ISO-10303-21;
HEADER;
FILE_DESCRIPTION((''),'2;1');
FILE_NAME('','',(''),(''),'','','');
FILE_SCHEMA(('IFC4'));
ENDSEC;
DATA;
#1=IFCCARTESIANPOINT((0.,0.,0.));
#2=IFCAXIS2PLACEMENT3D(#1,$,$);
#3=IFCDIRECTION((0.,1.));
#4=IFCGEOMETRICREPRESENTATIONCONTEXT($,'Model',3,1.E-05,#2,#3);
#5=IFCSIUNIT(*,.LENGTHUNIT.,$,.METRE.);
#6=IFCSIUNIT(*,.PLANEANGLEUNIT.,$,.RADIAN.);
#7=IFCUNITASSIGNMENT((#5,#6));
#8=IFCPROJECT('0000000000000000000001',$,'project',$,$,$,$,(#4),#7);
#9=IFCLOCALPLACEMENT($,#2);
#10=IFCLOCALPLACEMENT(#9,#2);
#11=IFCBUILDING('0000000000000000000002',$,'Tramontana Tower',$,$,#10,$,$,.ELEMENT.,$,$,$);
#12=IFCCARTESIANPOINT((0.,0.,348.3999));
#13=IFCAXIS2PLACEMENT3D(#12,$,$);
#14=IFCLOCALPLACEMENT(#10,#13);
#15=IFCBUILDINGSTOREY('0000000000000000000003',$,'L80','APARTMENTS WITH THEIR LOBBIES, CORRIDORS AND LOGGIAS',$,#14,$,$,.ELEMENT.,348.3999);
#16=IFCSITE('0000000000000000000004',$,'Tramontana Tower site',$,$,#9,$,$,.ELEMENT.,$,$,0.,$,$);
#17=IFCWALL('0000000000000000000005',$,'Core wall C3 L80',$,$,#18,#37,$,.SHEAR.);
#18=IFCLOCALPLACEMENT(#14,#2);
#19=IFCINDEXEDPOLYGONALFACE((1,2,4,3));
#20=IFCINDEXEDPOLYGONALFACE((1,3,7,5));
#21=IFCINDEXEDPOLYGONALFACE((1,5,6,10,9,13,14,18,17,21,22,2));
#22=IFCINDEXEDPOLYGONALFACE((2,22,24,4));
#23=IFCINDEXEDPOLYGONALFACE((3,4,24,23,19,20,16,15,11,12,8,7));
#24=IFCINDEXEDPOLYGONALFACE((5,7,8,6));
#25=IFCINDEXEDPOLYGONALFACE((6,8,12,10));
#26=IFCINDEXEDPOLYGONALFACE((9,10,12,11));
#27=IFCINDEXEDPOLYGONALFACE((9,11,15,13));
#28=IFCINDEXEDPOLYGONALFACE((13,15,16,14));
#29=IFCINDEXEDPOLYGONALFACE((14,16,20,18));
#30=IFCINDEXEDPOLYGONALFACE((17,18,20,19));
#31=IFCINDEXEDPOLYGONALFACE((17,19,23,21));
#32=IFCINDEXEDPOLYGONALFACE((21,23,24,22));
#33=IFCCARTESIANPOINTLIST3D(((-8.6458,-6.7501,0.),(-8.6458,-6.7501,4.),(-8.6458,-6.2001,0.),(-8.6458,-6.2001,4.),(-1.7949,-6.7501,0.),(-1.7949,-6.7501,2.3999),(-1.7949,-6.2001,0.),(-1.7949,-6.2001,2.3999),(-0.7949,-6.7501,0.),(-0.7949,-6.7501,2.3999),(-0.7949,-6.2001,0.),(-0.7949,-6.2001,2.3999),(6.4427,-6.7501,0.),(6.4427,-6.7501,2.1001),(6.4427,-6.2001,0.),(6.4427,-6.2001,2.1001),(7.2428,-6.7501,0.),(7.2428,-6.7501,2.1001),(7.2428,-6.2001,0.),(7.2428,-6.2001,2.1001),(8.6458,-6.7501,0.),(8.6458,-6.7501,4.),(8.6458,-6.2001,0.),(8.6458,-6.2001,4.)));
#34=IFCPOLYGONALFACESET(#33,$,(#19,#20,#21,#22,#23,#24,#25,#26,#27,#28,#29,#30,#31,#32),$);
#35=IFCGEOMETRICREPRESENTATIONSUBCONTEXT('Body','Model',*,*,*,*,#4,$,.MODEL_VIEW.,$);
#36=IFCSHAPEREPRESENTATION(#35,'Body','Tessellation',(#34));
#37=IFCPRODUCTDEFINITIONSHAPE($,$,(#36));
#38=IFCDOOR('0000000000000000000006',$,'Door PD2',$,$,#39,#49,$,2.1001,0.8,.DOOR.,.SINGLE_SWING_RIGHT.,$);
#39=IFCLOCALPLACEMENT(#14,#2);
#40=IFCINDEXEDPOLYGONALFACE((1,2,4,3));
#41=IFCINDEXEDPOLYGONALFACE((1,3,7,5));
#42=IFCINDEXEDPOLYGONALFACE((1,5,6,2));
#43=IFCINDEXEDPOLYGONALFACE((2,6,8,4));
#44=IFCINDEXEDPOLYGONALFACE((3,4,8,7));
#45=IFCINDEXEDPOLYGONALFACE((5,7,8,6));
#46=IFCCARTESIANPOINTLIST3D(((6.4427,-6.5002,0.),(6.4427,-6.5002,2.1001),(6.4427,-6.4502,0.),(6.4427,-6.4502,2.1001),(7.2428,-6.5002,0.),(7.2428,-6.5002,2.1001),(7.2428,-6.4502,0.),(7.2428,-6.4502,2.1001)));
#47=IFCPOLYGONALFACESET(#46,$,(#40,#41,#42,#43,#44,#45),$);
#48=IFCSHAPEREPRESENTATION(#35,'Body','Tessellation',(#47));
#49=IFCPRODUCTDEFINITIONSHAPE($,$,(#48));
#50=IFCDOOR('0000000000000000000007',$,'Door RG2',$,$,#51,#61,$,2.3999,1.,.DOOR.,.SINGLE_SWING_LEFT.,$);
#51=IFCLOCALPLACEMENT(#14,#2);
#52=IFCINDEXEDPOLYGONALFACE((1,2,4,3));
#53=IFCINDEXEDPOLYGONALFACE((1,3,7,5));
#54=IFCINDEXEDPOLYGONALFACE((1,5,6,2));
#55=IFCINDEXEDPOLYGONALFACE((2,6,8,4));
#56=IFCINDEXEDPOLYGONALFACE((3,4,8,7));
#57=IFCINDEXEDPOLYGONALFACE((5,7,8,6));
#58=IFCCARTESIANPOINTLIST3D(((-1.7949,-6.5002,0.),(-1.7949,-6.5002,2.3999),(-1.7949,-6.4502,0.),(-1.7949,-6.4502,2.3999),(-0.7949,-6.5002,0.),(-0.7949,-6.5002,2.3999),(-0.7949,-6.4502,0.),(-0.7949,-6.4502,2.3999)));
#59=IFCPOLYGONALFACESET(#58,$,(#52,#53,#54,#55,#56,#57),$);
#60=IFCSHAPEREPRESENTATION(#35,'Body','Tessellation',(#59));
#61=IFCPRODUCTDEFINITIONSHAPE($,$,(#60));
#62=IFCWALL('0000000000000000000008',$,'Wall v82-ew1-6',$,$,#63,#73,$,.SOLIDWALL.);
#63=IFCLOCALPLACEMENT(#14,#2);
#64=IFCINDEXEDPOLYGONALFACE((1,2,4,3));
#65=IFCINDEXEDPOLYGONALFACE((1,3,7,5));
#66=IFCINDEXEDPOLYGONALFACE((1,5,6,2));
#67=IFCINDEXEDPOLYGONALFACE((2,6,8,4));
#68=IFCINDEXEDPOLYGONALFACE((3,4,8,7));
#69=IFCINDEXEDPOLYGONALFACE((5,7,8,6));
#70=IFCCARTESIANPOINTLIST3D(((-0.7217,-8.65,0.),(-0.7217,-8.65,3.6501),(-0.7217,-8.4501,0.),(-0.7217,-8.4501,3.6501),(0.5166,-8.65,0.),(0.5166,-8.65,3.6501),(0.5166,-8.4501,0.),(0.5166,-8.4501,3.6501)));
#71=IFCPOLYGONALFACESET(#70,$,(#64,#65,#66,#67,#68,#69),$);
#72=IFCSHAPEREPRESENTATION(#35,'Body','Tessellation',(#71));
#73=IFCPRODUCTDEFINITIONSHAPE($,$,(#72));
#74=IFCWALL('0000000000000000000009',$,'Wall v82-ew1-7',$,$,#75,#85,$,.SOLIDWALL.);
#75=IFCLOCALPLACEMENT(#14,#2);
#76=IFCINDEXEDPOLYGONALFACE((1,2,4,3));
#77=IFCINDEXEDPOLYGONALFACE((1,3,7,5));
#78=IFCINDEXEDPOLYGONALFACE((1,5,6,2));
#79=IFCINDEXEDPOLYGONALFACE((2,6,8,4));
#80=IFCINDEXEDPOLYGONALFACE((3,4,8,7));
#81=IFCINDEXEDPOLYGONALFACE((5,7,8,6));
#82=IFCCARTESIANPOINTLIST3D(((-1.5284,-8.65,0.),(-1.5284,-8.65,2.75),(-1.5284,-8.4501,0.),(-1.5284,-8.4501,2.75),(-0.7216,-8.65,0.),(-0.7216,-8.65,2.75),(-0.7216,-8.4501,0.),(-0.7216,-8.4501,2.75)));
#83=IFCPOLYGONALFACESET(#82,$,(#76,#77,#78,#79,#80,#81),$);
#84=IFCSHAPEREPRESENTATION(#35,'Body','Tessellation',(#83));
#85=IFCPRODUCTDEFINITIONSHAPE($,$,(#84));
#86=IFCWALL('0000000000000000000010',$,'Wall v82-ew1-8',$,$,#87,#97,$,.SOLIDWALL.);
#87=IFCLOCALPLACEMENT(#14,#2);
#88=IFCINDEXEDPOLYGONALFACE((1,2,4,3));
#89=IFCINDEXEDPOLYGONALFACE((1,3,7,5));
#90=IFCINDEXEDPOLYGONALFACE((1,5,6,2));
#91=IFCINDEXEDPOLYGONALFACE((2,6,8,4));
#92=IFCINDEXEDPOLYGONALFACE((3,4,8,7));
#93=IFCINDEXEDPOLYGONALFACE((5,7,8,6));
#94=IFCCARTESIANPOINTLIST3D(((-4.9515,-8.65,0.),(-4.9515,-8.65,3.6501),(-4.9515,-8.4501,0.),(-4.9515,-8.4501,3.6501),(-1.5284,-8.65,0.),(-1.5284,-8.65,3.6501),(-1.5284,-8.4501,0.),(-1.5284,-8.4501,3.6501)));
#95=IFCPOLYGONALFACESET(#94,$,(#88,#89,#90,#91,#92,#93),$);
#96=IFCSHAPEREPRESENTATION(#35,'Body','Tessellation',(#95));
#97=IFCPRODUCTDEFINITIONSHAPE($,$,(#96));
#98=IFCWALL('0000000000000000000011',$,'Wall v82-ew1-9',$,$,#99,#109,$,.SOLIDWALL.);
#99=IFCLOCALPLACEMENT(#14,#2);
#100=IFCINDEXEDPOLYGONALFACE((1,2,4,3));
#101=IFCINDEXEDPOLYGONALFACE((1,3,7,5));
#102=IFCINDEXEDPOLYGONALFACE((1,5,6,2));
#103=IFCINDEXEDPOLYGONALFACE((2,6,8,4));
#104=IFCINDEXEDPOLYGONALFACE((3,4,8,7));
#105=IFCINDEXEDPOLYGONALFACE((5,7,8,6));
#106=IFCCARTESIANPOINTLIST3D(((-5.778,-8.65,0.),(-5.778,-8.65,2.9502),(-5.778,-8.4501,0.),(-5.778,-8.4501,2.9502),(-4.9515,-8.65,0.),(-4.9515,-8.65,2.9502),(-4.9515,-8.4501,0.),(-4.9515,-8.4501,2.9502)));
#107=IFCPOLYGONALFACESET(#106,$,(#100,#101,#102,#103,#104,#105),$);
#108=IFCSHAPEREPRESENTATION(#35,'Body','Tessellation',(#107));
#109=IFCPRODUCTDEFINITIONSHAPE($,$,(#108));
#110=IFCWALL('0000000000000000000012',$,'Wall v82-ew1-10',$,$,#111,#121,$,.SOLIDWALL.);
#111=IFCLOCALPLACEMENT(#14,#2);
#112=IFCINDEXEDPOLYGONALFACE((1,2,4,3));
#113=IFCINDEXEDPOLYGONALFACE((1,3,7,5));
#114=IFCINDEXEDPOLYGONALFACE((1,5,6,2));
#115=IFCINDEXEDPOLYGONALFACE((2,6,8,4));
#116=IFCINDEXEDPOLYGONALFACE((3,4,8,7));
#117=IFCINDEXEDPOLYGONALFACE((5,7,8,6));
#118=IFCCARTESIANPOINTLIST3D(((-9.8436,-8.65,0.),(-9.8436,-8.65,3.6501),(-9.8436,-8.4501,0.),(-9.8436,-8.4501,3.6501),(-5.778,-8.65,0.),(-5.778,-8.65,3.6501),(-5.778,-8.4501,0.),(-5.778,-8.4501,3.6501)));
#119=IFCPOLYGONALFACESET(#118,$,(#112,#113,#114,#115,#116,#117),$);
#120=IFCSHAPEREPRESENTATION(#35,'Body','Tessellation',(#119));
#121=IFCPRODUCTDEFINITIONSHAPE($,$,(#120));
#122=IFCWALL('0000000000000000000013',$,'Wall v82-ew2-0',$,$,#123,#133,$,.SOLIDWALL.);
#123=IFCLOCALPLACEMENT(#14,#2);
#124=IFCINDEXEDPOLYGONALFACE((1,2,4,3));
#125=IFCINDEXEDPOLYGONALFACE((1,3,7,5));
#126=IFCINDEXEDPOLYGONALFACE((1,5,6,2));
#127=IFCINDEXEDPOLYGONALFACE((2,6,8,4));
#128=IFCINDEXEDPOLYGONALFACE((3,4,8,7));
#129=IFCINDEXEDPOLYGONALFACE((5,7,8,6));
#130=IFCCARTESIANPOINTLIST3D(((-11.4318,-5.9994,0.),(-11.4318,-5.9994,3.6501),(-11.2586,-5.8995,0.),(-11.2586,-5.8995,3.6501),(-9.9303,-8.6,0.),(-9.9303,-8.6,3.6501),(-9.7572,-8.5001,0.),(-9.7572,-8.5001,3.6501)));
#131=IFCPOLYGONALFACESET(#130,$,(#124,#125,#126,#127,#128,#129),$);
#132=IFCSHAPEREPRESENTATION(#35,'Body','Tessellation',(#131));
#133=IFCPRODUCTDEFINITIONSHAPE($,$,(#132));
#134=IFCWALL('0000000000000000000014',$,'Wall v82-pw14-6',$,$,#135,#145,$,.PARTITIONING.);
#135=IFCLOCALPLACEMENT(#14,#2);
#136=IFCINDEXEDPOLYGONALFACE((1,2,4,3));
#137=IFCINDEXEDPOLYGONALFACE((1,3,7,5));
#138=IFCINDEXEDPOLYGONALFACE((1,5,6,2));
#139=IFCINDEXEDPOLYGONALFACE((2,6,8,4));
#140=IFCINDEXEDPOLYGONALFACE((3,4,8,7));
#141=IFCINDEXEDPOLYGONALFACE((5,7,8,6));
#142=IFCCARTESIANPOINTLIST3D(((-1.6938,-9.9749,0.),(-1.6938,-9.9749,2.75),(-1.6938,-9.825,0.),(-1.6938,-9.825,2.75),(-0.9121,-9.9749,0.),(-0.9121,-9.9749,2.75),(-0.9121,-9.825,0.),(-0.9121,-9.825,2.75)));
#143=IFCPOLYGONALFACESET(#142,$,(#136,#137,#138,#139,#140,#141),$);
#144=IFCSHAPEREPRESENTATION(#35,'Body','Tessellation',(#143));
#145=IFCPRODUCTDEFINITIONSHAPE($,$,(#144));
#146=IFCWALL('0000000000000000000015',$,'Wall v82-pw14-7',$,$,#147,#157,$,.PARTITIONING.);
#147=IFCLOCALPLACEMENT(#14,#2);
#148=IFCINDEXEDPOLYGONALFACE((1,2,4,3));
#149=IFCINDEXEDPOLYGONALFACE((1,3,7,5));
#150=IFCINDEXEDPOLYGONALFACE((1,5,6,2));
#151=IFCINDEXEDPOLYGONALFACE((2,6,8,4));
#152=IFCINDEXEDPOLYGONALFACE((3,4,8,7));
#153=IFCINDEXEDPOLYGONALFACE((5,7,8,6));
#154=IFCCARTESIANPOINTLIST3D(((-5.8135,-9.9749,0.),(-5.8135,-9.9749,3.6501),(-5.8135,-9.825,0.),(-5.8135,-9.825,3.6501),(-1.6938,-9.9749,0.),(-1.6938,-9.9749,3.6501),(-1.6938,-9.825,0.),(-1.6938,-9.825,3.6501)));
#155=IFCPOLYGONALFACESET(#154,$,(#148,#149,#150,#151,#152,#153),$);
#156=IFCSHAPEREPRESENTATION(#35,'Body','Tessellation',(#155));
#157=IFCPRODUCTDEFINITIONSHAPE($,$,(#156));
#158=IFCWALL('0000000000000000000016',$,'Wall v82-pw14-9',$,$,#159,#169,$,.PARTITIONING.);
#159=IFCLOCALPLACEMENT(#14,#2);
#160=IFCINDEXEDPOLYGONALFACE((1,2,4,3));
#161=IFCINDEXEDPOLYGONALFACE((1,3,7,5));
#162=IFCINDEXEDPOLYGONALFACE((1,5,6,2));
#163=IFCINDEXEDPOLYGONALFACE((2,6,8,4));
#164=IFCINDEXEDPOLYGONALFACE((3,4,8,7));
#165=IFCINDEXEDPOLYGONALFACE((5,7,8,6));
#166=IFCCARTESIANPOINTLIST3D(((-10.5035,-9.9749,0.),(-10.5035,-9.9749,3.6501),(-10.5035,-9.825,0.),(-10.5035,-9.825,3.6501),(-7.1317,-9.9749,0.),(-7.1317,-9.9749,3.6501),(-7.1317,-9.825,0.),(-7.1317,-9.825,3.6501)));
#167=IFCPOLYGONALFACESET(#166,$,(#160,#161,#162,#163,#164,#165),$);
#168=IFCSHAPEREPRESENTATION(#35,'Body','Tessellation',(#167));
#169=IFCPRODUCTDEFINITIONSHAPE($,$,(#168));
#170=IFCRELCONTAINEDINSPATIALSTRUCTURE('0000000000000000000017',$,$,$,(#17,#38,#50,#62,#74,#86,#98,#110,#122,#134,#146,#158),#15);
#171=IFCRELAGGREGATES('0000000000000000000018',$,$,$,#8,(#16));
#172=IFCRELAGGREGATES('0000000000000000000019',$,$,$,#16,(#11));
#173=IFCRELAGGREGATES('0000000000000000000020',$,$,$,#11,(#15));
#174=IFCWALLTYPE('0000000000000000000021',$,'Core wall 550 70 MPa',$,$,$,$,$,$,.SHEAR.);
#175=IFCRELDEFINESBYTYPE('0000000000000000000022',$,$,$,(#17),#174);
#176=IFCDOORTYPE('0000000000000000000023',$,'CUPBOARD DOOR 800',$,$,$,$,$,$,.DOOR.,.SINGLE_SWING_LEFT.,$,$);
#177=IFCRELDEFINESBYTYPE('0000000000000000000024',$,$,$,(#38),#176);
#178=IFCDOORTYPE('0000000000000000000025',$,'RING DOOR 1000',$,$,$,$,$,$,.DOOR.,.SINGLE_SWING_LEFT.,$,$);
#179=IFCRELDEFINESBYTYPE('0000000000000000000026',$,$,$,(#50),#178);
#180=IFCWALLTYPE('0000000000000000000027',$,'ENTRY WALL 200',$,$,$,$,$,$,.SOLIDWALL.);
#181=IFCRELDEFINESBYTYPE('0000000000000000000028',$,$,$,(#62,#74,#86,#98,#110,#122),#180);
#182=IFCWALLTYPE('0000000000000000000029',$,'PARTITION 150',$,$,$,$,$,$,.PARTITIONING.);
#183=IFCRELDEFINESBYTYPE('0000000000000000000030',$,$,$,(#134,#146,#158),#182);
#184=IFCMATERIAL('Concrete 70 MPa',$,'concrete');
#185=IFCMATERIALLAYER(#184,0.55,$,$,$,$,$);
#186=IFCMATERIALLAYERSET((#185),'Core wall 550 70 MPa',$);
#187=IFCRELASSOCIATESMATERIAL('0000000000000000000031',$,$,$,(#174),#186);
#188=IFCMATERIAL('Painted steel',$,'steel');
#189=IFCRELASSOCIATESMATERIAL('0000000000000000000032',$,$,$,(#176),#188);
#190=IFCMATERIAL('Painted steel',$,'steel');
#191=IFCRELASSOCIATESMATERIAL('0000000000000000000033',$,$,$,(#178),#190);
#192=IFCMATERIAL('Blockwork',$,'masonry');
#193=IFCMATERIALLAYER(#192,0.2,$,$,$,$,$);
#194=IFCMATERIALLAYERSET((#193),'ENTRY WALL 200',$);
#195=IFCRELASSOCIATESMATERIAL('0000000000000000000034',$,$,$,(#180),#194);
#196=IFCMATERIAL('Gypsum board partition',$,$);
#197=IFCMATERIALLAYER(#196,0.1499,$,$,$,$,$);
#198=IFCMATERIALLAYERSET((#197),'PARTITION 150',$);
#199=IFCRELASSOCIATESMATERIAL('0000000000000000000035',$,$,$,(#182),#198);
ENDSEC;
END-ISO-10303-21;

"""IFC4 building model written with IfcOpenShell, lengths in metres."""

from ifc_helpers import new_model, si_unit, direction, frame, frame_2d, origin, place, context, subcontext, project, spatial, rectangle, extrude, material, layer, layer_set, type_object, element, fill, save


model = new_model("IFC4")

# Units and contexts
model_context = context("Model", 3, precision=1e-05, world=origin(), true_north=direction((0.0, 1.0)))
body_context = subcontext(model_context, "Body", "Model", "MODEL_VIEW")
ifc_project = project(units=[si_unit("LENGTHUNIT", "METRE"), si_unit("PLANEANGLEUNIT", "RADIAN")], contexts=[model_context])

# Site, building, storey
site_placement = place(None, origin())
site = spatial("IfcSite", under=ifc_project, at=site_placement, Name="Tramontana Tower site", CompositionType="ELEMENT", RefElevation=0.0)
building_placement = place(site_placement, origin())
building = spatial("IfcBuilding", under=site, at=building_placement, Name="Tramontana Tower", CompositionType="ELEMENT")
storey_placement = place(building_placement, frame((0.0, 0.0, 348.3999)))
storey = spatial("IfcBuildingStorey", under=building, at=storey_placement, Name="L80", Description="APARTMENTS WITH THEIR LOBBIES, CORRIDORS AND LOGGIAS", CompositionType="ELEMENT", Elevation=348.3999)

# Wall, openings, doors
ifc_material_1 = material(Name="Concrete 70 MPa", Category="concrete")
ifc_layer_1 = layer(ifc_material_1, 0.55)
ifc_layer_set_1 = layer_set([ifc_layer_1], Name="Core wall 550 70 MPa")
wall_type_1 = type_object("IfcWallType", Name="Core wall 550 70 MPa", PredefinedType="SHEAR", material=ifc_layer_set_1)
wall_1_placement = place(storey_placement, frame((-8.6458, -6.4751, 0.0), z_axis=(0.0, 0.0, 1.0), x_axis=(1.0, 0.0, 0.0)))
wall_1 = element("IfcWall", 1, at=wall_1_placement, inside=storey, type_object=wall_type_1, Name="Core wall C3 L80", PredefinedType="SHEAR", context=body_context, shape_type="SweptSolid", body=[
    extrude(rectangle(XDim=17.2915, YDim=0.55, at=frame_2d((8.6458, 0.0))), origin(), (0.0, 0.0, 1.0), 4.0),
])
opening_1_placement = place(wall_1_placement, frame((6.8508, 0.0, 0.0)))
opening_1 = element("IfcOpeningElement", 2, at=opening_1_placement, cuts=wall_1, PredefinedType="OPENING", context=body_context, shape_type="SweptSolid", body=[
    extrude(rectangle(XDim=1.0, YDim=2.3999, at=frame_2d((0.5, 1.2))), frame((0.0, 0.2849, 0.0), z_axis=(0.0, -1.0, 0.0), x_axis=(1.0, 0.0, 0.0)), (0.0, 0.0, 1.0), 0.5701),
])
opening_2_placement = place(wall_1_placement, frame((15.0886, 0.0, 0.0)))
opening_2 = element("IfcOpeningElement", 3, at=opening_2_placement, cuts=wall_1, PredefinedType="OPENING", context=body_context, shape_type="SweptSolid", body=[
    extrude(rectangle(XDim=0.8, YDim=2.1001, at=frame_2d((0.3999, 1.05))), frame((0.0, 0.2849, 0.0), z_axis=(0.0, -1.0, 0.0), x_axis=(1.0, 0.0, 0.0)), (0.0, 0.0, 1.0), 0.5701),
])
ifc_material_2 = material(Name="Painted steel", Category="steel")
door_type_1 = type_object("IfcDoorType", Name="CUPBOARD DOOR 800", OperationType="SINGLE_SWING_LEFT", PredefinedType="DOOR", material=ifc_material_2)
door_1_placement = place(opening_2_placement, origin())
door_1 = element("IfcDoor", 4, at=door_1_placement, inside=storey, type_object=door_type_1, Name="Door PD2", OperationType="SINGLE_SWING_RIGHT", OverallHeight=2.1001, OverallWidth=0.8, PredefinedType="DOOR", context=body_context, shape_type="SweptSolid", body=[
    extrude(rectangle(XDim=0.8, YDim=2.1001, at=frame_2d((0.3999, 1.05))), frame((0.0, 0.0249, 0.0), z_axis=(0.0, -1.0, 0.0), x_axis=(1.0, 0.0, 0.0)), (0.0, 0.0, 1.0), 0.05),
])
fill(opening_2, door_1)
ifc_material_3 = material(Name="Painted steel", Category="steel")
door_type_2 = type_object("IfcDoorType", Name="RING DOOR 1000", OperationType="SINGLE_SWING_LEFT", PredefinedType="DOOR", material=ifc_material_3)
door_2_placement = place(opening_1_placement, origin())
door_2 = element("IfcDoor", 5, at=door_2_placement, inside=storey, type_object=door_type_2, Name="Door RG2", OperationType="SINGLE_SWING_LEFT", OverallHeight=2.3999, OverallWidth=1.0, PredefinedType="DOOR", context=body_context, shape_type="SweptSolid", body=[
    extrude(rectangle(XDim=1.0, YDim=2.3999, at=frame_2d((0.5, 1.2))), frame((0.0, 0.0249, 0.0), z_axis=(0.0, -1.0, 0.0), x_axis=(1.0, 0.0, 0.0)), (0.0, 0.0, 1.0), 0.05),
])
fill(opening_1, door_2)

# Walls
ifc_material_4 = material(Name="Blockwork", Category="masonry")
ifc_layer_2 = layer(ifc_material_4, 0.2)
ifc_layer_set_2 = layer_set([ifc_layer_2], Name="ENTRY WALL 200")
wall_type_2 = type_object("IfcWallType", Name="ENTRY WALL 200", PredefinedType="SOLIDWALL", material=ifc_layer_set_2)
wall_2_placement = place(storey_placement, frame((0.5166, -8.55, 0.0), z_axis=(0.0, 0.0, 1.0), x_axis=(-1.0, 0.0, 0.0)))
element("IfcWall", 6, at=wall_2_placement, inside=storey, type_object=wall_type_2, Name="Wall v82-ew1-6", PredefinedType="SOLIDWALL", context=body_context, shape_type="SweptSolid", body=[
    extrude(rectangle(XDim=1.2383, YDim=0.2, at=frame_2d((0.6191, 0.0))), origin(), (0.0, 0.0, 1.0), 3.6501),
])
wall_3_placement = place(storey_placement, frame((-0.7217, -8.55, 0.0), z_axis=(0.0, 0.0, 1.0), x_axis=(-1.0, 0.0, 0.0)))
element("IfcWall", 7, at=wall_3_placement, inside=storey, type_object=wall_type_2, Name="Wall v82-ew1-7", PredefinedType="SOLIDWALL", context=body_context, shape_type="SweptSolid", body=[
    extrude(rectangle(XDim=0.8069, YDim=0.2, at=frame_2d((0.4033, 0.0))), origin(), (0.0, 0.0, 1.0), 2.75),
])
wall_4_placement = place(storey_placement, frame((-1.5286, -8.55, 0.0), z_axis=(0.0, 0.0, 1.0), x_axis=(-1.0, 0.0, 0.0)))
element("IfcWall", 8, at=wall_4_placement, inside=storey, type_object=wall_type_2, Name="Wall v82-ew1-8", PredefinedType="SOLIDWALL", context=body_context, shape_type="SweptSolid", body=[
    extrude(rectangle(XDim=3.4231, YDim=0.2, at=frame_2d((1.7114, 0.0))), origin(), (0.0, 0.0, 1.0), 3.6501),
])
wall_5_placement = place(storey_placement, frame((-4.9517, -8.55, 0.0), z_axis=(0.0, 0.0, 1.0), x_axis=(-1.0, 0.0, 0.0)))
element("IfcWall", 9, at=wall_5_placement, inside=storey, type_object=wall_type_2, Name="Wall v82-ew1-9", PredefinedType="SOLIDWALL", context=body_context, shape_type="SweptSolid", body=[
    extrude(rectangle(XDim=0.8264, YDim=0.2, at=frame_2d((0.4131, 0.0))), origin(), (0.0, 0.0, 1.0), 2.9502),
])
wall_6_placement = place(storey_placement, frame((-5.7781, -8.55, 0.0), z_axis=(0.0, 0.0, 1.0), x_axis=(-1.0, 0.0, 0.0)))
element("IfcWall", 10, at=wall_6_placement, inside=storey, type_object=wall_type_2, Name="Wall v82-ew1-10", PredefinedType="SOLIDWALL", context=body_context, shape_type="SweptSolid", body=[
    extrude(rectangle(XDim=4.0657, YDim=0.2, at=frame_2d((2.0327, 0.0))), origin(), (0.0, 0.0, 1.0), 3.6501),
])
wall_7_placement = place(storey_placement, frame((-9.8438, -8.55, 0.0), z_axis=(0.0, 0.0, 1.0), x_axis=(-0.500004, 0.866023, 0.0)))
element("IfcWall", 11, at=wall_7_placement, inside=storey, type_object=wall_type_2, Name="Wall v82-ew2-0", PredefinedType="SOLIDWALL", context=body_context, shape_type="SweptSolid", body=[
    extrude(rectangle(XDim=3.0029, YDim=0.2, at=frame_2d((1.5015, 0.0))), origin(), (0.0, 0.0, 1.0), 3.6501),
])

# Shared definitions
ifc_material_5 = material(Name="Gypsum board partition")
ifc_layer_3 = layer(ifc_material_5, 0.1499)
ifc_layer_set_3 = layer_set([ifc_layer_3], Name="PARTITION 150")
wall_type_3 = type_object("IfcWallType", Name="PARTITION 150", PredefinedType="PARTITIONING", material=ifc_layer_set_3)

# Walls
wall_8_placement = place(storey_placement, frame((-0.9121, -9.8999, 0.0), z_axis=(0.0, 0.0, 1.0), x_axis=(-1.0, 0.0, 0.0)))
element("IfcWall", 12, at=wall_8_placement, inside=storey, type_object=wall_type_3, Name="Wall v82-pw14-6", PredefinedType="PARTITIONING", context=body_context, shape_type="SweptSolid", body=[
    extrude(rectangle(XDim=0.7817, YDim=0.1499, at=frame_2d((0.3909, 0.0))), origin(), (0.0, 0.0, 1.0), 2.75),
])
wall_9_placement = place(storey_placement, frame((-1.6938, -9.8999, 0.0), z_axis=(0.0, 0.0, 1.0), x_axis=(-1.0, 0.0, 0.0)))
element("IfcWall", 13, at=wall_9_placement, inside=storey, type_object=wall_type_3, Name="Wall v82-pw14-7", PredefinedType="PARTITIONING", context=body_context, shape_type="SweptSolid", body=[
    extrude(rectangle(XDim=4.1196, YDim=0.1499, at=frame_2d((2.0598, 0.0))), origin(), (0.0, 0.0, 1.0), 3.6501),
])

# Wall
wall_10_placement = place(storey_placement, frame((-7.1316, -9.8999, 0.0), z_axis=(0.0, 0.0, 1.0), x_axis=(-1.0, 0.0, 0.0)))
element("IfcWall", 14, at=wall_10_placement, inside=storey, type_object=wall_type_3, Name="Wall v82-pw14-9", PredefinedType="PARTITIONING", context=body_context, shape_type="SweptSolid", body=[
    extrude(rectangle(XDim=3.3718, YDim=0.1499, at=frame_2d((1.686, 0.0))), origin(), (0.0, 0.0, 1.0), 3.6501),
])

save(model, "model.ifc")
